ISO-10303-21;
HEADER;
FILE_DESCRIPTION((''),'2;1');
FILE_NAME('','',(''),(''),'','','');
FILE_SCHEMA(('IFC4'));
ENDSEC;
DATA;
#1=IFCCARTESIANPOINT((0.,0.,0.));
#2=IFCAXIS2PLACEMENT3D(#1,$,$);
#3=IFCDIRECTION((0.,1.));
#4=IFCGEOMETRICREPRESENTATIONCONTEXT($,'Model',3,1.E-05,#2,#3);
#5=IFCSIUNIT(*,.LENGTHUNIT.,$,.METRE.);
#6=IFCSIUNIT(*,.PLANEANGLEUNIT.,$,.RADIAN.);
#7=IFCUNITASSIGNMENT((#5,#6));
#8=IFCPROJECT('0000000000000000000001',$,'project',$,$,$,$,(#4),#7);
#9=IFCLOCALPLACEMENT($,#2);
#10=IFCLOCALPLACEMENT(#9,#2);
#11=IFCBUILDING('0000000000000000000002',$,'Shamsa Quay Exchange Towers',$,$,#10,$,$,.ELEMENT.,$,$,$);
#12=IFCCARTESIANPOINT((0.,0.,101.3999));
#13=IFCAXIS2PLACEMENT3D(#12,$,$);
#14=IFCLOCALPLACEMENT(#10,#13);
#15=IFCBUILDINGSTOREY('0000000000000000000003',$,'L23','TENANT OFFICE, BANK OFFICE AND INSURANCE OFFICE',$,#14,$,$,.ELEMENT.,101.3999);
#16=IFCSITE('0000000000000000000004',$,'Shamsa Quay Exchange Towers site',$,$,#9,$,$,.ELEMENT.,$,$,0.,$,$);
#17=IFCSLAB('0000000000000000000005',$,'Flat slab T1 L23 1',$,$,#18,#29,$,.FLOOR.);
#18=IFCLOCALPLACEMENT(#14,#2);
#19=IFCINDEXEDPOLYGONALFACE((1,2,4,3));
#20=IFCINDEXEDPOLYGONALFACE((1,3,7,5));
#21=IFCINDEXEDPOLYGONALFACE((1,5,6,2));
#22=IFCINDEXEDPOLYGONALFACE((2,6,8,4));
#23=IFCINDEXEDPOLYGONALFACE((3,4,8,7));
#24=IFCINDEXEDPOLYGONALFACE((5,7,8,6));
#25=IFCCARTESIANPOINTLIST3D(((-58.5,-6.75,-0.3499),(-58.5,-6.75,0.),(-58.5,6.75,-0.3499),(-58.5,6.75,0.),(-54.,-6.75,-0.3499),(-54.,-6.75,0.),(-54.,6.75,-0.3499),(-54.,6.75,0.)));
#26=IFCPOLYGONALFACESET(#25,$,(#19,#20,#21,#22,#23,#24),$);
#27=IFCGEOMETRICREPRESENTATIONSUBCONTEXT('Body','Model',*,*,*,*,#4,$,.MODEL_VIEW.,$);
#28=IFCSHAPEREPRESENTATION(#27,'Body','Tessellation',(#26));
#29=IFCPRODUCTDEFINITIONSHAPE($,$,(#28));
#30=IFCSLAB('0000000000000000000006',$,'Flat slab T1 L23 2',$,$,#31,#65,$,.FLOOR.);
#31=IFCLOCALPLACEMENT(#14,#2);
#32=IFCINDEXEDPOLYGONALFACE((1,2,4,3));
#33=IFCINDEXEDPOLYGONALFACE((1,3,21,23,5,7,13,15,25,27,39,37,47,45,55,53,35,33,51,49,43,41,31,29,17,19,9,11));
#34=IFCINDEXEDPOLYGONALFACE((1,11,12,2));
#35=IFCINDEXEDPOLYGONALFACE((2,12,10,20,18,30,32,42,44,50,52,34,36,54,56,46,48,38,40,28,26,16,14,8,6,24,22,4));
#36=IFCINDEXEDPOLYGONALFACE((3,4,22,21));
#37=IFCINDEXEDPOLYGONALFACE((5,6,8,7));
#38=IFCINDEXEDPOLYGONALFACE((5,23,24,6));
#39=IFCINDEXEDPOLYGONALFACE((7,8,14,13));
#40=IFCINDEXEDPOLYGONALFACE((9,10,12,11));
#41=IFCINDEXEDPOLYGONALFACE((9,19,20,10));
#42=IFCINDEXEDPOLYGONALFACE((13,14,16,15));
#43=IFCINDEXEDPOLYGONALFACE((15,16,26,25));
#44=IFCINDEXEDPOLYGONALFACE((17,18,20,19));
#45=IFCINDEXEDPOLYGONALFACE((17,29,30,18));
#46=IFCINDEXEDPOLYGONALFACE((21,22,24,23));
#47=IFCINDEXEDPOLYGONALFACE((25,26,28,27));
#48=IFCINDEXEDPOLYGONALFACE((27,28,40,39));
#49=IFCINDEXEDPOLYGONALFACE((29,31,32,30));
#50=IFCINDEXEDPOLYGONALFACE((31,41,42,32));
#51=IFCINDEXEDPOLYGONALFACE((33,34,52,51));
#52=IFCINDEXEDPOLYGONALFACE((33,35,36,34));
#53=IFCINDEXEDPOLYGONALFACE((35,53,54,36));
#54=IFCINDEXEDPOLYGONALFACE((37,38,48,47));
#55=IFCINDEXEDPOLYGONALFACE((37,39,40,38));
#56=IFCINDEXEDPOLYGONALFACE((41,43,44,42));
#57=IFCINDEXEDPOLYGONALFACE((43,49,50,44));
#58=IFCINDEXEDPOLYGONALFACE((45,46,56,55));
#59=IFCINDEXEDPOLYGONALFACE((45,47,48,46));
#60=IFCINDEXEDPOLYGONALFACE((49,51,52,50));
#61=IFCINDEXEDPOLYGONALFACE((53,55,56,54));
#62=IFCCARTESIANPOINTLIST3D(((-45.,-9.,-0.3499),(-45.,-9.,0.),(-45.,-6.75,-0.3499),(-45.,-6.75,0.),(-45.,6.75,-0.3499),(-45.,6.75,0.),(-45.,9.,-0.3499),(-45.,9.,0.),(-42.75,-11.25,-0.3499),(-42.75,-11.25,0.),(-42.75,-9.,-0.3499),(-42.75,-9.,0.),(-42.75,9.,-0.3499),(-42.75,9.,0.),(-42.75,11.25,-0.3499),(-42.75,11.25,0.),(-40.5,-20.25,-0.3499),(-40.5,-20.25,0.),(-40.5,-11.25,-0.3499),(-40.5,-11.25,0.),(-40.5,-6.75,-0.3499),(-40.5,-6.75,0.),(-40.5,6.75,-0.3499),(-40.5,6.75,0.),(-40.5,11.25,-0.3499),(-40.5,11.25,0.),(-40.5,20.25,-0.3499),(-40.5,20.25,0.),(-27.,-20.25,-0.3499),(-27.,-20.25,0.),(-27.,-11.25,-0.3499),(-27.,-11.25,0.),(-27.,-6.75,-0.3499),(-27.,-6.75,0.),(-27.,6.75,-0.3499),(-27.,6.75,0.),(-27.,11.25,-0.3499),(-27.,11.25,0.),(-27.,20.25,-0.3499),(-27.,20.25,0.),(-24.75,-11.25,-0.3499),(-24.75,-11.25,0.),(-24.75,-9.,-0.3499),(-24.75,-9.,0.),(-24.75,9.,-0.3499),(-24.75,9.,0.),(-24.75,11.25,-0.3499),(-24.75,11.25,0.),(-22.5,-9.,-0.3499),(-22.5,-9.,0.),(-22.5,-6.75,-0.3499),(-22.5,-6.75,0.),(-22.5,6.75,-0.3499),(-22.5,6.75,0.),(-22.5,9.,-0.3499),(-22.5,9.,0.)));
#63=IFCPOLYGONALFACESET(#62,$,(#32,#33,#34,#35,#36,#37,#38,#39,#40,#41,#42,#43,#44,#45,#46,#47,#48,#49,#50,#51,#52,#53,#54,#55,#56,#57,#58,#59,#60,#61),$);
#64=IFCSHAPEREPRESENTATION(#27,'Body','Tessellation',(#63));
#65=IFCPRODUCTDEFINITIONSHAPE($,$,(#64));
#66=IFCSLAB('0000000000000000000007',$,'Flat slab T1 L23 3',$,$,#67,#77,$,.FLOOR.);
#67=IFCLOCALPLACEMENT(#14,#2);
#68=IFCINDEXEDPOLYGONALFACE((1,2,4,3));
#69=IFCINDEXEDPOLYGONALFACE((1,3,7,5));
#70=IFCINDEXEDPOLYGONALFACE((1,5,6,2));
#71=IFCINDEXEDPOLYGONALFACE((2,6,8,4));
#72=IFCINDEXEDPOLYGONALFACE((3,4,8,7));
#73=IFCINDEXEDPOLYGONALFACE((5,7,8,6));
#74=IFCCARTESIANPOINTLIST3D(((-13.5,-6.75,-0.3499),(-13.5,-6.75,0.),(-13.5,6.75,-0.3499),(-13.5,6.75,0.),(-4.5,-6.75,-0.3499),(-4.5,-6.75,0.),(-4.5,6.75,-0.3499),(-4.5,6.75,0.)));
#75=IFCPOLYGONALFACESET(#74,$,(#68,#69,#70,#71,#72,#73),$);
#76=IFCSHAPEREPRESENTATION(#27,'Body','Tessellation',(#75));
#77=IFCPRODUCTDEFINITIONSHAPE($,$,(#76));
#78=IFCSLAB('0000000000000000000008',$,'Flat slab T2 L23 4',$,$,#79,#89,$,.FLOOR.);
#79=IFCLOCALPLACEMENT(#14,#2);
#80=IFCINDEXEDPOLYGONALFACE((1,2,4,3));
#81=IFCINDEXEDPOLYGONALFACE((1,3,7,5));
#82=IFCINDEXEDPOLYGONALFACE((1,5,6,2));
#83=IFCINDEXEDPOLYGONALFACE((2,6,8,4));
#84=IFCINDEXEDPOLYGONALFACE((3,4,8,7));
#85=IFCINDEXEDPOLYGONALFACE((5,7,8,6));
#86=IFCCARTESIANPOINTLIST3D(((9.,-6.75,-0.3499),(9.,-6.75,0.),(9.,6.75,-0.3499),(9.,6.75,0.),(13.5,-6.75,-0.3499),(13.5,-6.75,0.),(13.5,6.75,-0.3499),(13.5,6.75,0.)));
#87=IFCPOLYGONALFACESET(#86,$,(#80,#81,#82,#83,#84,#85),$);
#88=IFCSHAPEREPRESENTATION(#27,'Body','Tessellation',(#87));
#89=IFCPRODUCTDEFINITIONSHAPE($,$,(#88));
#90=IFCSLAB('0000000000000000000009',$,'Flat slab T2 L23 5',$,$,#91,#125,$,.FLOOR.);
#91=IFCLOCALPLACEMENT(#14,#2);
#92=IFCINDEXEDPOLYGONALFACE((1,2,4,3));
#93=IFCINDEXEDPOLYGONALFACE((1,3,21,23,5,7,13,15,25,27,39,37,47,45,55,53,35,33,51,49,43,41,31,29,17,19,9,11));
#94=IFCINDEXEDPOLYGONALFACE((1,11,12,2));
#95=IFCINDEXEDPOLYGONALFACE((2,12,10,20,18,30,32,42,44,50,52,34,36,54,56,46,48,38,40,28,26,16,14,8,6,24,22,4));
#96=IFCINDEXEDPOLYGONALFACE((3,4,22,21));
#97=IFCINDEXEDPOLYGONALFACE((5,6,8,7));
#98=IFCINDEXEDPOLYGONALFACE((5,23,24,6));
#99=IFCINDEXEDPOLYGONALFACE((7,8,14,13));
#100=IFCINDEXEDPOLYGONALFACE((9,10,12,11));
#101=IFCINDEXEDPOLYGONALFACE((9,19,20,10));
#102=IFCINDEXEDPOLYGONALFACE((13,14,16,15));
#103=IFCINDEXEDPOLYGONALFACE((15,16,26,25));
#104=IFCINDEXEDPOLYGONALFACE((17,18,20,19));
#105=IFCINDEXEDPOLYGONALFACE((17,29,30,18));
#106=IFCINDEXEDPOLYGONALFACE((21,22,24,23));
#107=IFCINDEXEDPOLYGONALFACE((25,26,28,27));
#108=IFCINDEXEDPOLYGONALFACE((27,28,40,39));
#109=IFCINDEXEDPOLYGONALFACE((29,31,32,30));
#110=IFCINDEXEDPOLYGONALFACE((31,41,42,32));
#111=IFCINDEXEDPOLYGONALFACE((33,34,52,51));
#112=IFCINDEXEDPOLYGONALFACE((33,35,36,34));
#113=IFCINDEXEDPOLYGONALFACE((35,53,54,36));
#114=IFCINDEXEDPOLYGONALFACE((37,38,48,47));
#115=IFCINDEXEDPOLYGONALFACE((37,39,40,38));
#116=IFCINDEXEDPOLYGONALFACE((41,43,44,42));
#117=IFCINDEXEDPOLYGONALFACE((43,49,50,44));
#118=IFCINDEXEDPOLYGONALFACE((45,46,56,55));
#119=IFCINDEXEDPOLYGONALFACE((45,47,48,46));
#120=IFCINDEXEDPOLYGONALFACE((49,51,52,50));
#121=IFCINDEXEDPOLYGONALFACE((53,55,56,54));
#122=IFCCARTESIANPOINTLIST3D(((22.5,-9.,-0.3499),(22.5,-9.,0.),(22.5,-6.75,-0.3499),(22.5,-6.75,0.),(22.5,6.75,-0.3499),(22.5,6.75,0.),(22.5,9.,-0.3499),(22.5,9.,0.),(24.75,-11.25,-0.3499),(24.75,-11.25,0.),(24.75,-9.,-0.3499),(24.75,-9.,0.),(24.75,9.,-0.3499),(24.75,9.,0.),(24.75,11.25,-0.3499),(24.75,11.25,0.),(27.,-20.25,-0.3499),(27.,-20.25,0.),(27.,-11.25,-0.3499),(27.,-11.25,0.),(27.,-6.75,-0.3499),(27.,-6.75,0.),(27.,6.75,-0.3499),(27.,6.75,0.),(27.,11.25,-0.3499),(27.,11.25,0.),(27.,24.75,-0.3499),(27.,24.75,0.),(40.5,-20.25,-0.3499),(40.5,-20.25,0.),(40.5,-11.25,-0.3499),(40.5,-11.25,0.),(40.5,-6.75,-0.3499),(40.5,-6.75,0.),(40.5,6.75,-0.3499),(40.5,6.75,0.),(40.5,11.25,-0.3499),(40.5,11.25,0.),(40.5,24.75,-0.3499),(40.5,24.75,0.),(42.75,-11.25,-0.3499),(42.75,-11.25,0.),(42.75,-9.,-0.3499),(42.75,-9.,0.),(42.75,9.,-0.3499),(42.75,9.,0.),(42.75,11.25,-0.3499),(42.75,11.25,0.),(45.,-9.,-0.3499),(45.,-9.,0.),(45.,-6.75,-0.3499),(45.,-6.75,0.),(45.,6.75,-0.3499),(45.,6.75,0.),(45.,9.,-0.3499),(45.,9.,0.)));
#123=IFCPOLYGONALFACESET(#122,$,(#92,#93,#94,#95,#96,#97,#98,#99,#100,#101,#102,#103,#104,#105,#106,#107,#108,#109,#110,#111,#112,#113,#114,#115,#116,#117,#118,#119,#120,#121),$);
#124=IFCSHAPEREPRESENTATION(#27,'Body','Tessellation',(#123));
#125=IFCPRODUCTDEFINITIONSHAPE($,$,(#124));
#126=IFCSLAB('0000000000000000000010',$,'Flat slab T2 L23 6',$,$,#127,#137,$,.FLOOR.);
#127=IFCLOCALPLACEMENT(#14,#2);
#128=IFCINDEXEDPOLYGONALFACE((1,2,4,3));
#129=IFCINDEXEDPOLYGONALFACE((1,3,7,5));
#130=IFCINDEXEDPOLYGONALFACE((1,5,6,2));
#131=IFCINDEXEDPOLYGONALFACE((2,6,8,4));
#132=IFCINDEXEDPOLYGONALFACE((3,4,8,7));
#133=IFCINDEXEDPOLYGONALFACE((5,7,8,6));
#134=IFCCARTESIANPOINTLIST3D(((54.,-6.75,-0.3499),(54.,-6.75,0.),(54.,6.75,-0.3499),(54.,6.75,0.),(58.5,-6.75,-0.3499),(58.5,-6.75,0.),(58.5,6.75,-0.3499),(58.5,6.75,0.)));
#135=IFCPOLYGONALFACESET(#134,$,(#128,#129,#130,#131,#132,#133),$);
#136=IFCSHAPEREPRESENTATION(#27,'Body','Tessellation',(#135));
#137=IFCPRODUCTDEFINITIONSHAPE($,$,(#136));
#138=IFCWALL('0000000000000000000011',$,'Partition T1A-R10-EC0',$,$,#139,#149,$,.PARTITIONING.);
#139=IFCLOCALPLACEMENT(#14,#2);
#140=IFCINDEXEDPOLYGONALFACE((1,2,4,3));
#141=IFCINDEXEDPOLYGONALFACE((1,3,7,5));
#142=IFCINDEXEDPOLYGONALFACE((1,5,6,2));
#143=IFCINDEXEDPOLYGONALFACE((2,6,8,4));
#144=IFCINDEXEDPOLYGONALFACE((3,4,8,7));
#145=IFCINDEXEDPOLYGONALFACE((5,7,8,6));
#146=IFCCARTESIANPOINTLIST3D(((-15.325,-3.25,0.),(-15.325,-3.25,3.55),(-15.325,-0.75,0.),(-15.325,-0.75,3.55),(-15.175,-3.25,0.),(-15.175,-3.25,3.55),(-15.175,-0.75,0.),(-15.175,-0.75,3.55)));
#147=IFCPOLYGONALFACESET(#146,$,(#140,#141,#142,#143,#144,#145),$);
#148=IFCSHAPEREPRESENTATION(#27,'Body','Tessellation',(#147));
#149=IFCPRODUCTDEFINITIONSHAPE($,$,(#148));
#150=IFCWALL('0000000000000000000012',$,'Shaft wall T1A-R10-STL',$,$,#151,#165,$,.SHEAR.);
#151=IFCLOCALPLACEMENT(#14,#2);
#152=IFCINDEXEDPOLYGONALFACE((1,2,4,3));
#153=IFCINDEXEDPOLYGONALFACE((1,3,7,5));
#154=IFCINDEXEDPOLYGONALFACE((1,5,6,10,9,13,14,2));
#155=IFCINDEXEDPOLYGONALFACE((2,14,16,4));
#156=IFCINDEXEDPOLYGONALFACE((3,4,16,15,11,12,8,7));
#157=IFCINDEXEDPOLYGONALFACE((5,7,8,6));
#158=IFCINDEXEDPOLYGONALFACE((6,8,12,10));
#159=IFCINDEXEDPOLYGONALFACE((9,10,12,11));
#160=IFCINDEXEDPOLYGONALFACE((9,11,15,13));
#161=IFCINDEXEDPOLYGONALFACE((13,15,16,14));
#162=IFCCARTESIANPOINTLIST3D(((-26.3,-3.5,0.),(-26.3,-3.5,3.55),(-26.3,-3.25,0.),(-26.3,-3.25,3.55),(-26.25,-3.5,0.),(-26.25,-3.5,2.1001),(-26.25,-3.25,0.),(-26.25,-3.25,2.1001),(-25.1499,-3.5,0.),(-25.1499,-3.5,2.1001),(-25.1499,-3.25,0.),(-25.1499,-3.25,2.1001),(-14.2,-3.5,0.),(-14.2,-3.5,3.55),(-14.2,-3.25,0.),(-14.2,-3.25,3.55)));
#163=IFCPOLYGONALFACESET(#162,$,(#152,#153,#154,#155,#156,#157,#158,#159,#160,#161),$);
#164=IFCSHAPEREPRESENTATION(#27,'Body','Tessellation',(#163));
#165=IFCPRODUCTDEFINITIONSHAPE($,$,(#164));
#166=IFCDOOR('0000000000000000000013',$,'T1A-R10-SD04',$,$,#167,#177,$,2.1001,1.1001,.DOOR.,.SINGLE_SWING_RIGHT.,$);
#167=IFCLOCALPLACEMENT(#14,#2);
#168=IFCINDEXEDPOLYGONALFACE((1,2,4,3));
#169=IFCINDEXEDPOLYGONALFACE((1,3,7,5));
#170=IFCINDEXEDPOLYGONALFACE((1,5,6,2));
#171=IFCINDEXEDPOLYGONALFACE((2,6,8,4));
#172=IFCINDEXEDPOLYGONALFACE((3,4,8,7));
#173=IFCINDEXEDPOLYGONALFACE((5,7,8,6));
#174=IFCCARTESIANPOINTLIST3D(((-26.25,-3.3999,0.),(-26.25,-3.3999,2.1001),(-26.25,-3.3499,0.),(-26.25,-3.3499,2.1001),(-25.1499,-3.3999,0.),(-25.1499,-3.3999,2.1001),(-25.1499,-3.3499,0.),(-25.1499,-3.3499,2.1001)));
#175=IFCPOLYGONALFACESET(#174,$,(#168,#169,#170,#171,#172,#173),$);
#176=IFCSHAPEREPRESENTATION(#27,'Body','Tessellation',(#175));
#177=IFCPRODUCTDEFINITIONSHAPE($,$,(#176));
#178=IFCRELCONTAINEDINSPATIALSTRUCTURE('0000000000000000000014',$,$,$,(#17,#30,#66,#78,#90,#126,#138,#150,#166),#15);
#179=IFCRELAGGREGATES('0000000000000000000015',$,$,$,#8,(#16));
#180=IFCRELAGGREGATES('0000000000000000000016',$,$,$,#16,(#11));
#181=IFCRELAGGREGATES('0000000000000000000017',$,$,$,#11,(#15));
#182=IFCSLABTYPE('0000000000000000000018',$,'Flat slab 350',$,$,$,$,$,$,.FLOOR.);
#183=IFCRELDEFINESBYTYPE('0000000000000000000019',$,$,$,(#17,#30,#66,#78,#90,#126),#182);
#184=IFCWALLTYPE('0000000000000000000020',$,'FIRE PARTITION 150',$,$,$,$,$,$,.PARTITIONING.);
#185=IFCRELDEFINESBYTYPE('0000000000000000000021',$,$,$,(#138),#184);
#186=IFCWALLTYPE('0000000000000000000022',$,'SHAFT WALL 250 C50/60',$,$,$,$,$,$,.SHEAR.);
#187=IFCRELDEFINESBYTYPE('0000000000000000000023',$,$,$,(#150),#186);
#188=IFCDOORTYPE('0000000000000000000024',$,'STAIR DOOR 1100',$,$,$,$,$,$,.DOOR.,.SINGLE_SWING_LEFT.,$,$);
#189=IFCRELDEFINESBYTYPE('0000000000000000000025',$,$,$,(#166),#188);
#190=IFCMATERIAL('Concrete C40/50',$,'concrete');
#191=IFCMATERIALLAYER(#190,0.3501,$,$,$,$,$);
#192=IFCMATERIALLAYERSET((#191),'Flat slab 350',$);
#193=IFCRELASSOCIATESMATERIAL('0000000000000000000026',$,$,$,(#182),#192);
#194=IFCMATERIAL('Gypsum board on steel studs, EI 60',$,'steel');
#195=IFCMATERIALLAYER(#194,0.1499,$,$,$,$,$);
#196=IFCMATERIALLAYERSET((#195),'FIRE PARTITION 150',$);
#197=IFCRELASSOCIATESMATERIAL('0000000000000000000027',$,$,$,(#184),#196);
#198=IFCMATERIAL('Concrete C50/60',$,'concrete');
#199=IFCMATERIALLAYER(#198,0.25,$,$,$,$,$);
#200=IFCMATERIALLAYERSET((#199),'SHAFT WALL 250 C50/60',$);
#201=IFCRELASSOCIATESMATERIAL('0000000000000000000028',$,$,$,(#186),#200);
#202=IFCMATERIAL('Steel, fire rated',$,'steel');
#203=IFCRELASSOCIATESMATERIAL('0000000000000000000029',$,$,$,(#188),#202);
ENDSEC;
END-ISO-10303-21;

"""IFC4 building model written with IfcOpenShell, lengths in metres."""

from ifc_helpers import new_model, si_unit, direction, frame, frame_2d, origin, place, context, subcontext, project, spatial, polyline, rectangle, outline, extrude, material, layer, layer_set, type_object, element, fill, save


model = new_model("IFC4")

# Units and contexts
model_context = context("Model", 3, precision=1e-05, world=origin(), true_north=direction((0.0, 1.0)))
body_context = subcontext(model_context, "Body", "Model", "MODEL_VIEW")
ifc_project = project(units=[si_unit("LENGTHUNIT", "METRE"), si_unit("PLANEANGLEUNIT", "RADIAN")], contexts=[model_context])

# Site, building, storey
site_placement = place(None, origin())
site = spatial("IfcSite", under=ifc_project, at=site_placement, Name="Shamsa Quay Exchange Towers site", CompositionType="ELEMENT", RefElevation=0.0)
building_placement = place(site_placement, origin())
building = spatial("IfcBuilding", under=site, at=building_placement, Name="Shamsa Quay Exchange Towers", CompositionType="ELEMENT")
storey_placement = place(building_placement, frame((0.0, 0.0, 101.3999)))
storey = spatial("IfcBuildingStorey", under=building, at=storey_placement, Name="L23", Description="TENANT OFFICE, BANK OFFICE AND INSURANCE OFFICE", CompositionType="ELEMENT", Elevation=101.3999)

# Slabs
ifc_material_1 = material(Name="Concrete C40/50", Category="concrete")
ifc_layer_1 = layer(ifc_material_1, 0.3501)
ifc_layer_set_1 = layer_set([ifc_layer_1], Name="Flat slab 350")
slab_type_1 = type_object("IfcSlabType", Name="Flat slab 350", PredefinedType="FLOOR", material=ifc_layer_set_1)
slab_1_placement = place(storey_placement, frame((0.0, 0.0, -0.3499)))
element("IfcSlab", 1, at=slab_1_placement, inside=storey, type_object=slab_type_1, Name="Flat slab T1 L23 1", PredefinedType="FLOOR", context=body_context, shape_type="SweptSolid", body=[
    extrude(outline(polyline([(-58.5, -6.75), (-54.0, -6.75), (-54.0, 6.75), (-58.5, 6.75), (-58.5, -6.75)])), origin(), (0.0, 0.0, 1.0), 0.3499),
])
slab_2_placement = place(storey_placement, frame((0.0, 0.0, -0.3499)))
element("IfcSlab", 2, at=slab_2_placement, inside=storey, type_object=slab_type_1, Name="Flat slab T1 L23 2", PredefinedType="FLOOR", context=body_context, shape_type="SweptSolid", body=[
    extrude(outline(polyline([(-22.5, -9.0), (-22.5, -6.75), (-27.0, -6.75), (-27.0, 6.75), (-22.5, 6.75), (-22.5, 9.0), (-24.75, 9.0), (-24.75, 11.25), (-27.0, 11.25), (-27.0, 20.25), (-40.5, 20.25), (-40.5, 11.25), (-42.75, 11.25), (-42.75, 9.0), (-45.0, 9.0), (-45.0, 6.75), (-40.5, 6.75), (-40.5, -6.75), (-45.0, -6.75), (-45.0, -9.0), (-42.75, -9.0), (-42.75, -11.25), (-40.5, -11.25), (-40.5, -20.25), (-27.0, -20.25), (-27.0, -11.25), (-24.75, -11.25), (-24.75, -9.0), (-22.5, -9.0)])), origin(), (0.0, 0.0, 1.0), 0.3499),
])
slab_3_placement = place(storey_placement, frame((0.0, 0.0, -0.3499)))
element("IfcSlab", 3, at=slab_3_placement, inside=storey, type_object=slab_type_1, Name="Flat slab T1 L23 3", PredefinedType="FLOOR", context=body_context, shape_type="SweptSolid", body=[
    extrude(outline(polyline([(-4.5, 6.75), (-13.5, 6.75), (-13.5, -6.75), (-4.5, -6.75), (-4.5, 6.75)])), origin(), (0.0, 0.0, 1.0), 0.3499),
])
slab_4_placement = place(storey_placement, frame((0.0, 0.0, -0.3499)))
element("IfcSlab", 4, at=slab_4_placement, inside=storey, type_object=slab_type_1, Name="Flat slab T2 L23 4", PredefinedType="FLOOR", context=body_context, shape_type="SweptSolid", body=[
    extrude(outline(polyline([(9.0, -6.75), (13.5, -6.75), (13.5, 6.75), (9.0, 6.75), (9.0, -6.75)])), origin(), (0.0, 0.0, 1.0), 0.3499),
])
slab_5_placement = place(storey_placement, frame((0.0, 0.0, -0.3499)))
element("IfcSlab", 5, at=slab_5_placement, inside=storey, type_object=slab_type_1, Name="Flat slab T2 L23 5", PredefinedType="FLOOR", context=body_context, shape_type="SweptSolid", body=[
    extrude(outline(polyline([(45.0, -9.0), (45.0, -6.75), (40.5, -6.75), (40.5, 6.75), (45.0, 6.75), (45.0, 9.0), (42.75, 9.0), (42.75, 11.25), (40.5, 11.25), (40.5, 24.75), (27.0, 24.75), (27.0, 11.25), (24.75, 11.25), (24.75, 9.0), (22.5, 9.0), (22.5, 6.75), (27.0, 6.75), (27.0, -6.75), (22.5, -6.75), (22.5, -9.0), (24.75, -9.0), (24.75, -11.25), (27.0, -11.25), (27.0, -20.25), (40.5, -20.25), (40.5, -11.25), (42.75, -11.25), (42.75, -9.0), (45.0, -9.0)])), origin(), (0.0, 0.0, 1.0), 0.3499),
])
slab_6_placement = place(storey_placement, frame((0.0, 0.0, -0.3499)))
element("IfcSlab", 6, at=slab_6_placement, inside=storey, type_object=slab_type_1, Name="Flat slab T2 L23 6", PredefinedType="FLOOR", context=body_context, shape_type="SweptSolid", body=[
    extrude(outline(polyline([(58.5, 6.75), (54.0, 6.75), (54.0, -6.75), (58.5, -6.75), (58.5, 6.75)])), origin(), (0.0, 0.0, 1.0), 0.3499),
])

# Wall
ifc_material_2 = material(Name="Gypsum board on steel studs, EI 60", Category="steel")
ifc_layer_2 = layer(ifc_material_2, 0.1499)
ifc_layer_set_2 = layer_set([ifc_layer_2], Name="FIRE PARTITION 150")
wall_type_1 = type_object("IfcWallType", Name="FIRE PARTITION 150", PredefinedType="PARTITIONING", material=ifc_layer_set_2)
wall_1_placement = place(storey_placement, frame((-15.25, -3.25, 0.0), z_axis=(0.0, 0.0, 1.0), x_axis=(0.0, 1.0, 0.0)))
element("IfcWall", 7, at=wall_1_placement, inside=storey, type_object=wall_type_1, Name="Partition T1A-R10-EC0", PredefinedType="PARTITIONING", context=body_context, shape_type="SweptSolid", body=[
    extrude(rectangle(XDim=2.5, YDim=0.1499, at=frame_2d((1.25, 0.0))), origin(), (0.0, 0.0, 1.0), 3.55),
])

# Wall, opening, door
ifc_material_3 = material(Name="Concrete C50/60", Category="concrete")
ifc_layer_3 = layer(ifc_material_3, 0.25)
ifc_layer_set_3 = layer_set([ifc_layer_3], Name="SHAFT WALL 250 C50/60")
wall_type_2 = type_object("IfcWallType", Name="SHAFT WALL 250 C50/60", PredefinedType="SHEAR", material=ifc_layer_set_3)
wall_2_placement = place(storey_placement, frame((-14.2, -3.375, 0.0), z_axis=(0.0, 0.0, 1.0), x_axis=(-1.0, 0.0, 0.0)))
wall_2 = element("IfcWall", 8, at=wall_2_placement, inside=storey, type_object=wall_type_2, Name="Shaft wall T1A-R10-STL", PredefinedType="SHEAR", context=body_context, shape_type="SweptSolid", body=[
    extrude(rectangle(XDim=12.1001, YDim=0.25, at=frame_2d((6.05, 0.0))), origin(), (0.0, 0.0, 1.0), 3.55),
])
opening_1_placement = place(wall_2_placement, frame((10.95, 0.0, 0.0)))
opening_1 = element("IfcOpeningElement", 9, at=opening_1_placement, cuts=wall_2, PredefinedType="OPENING", context=body_context, shape_type="SweptSolid", body=[
    extrude(rectangle(XDim=1.1001, YDim=2.1001, at=frame_2d((0.55, 1.05))), frame((0.0, 0.135, 0.0), z_axis=(0.0, -1.0, 0.0), x_axis=(1.0, 0.0, 0.0)), (0.0, 0.0, 1.0), 0.27),
])
ifc_material_4 = material(Name="Steel, fire rated", Category="steel")
door_type_1 = type_object("IfcDoorType", Name="STAIR DOOR 1100", OperationType="SINGLE_SWING_LEFT", PredefinedType="DOOR", material=ifc_material_4)
door_1_placement = place(opening_1_placement, origin())
door_1 = element("IfcDoor", 10, at=door_1_placement, inside=storey, type_object=door_type_1, Name="T1A-R10-SD04", OperationType="SINGLE_SWING_RIGHT", OverallHeight=2.1001, OverallWidth=1.1001, PredefinedType="DOOR", context=body_context, shape_type="SweptSolid", body=[
    extrude(rectangle(XDim=1.1001, YDim=2.1001, at=frame_2d((0.55, 1.05))), frame((0.0, 0.0249, 0.0), z_axis=(0.0, -1.0, 0.0), x_axis=(1.0, 0.0, 0.0)), (0.0, 0.0, 1.0), 0.05),
])
fill(opening_1, door_1)

save(model, "model.ifc")
